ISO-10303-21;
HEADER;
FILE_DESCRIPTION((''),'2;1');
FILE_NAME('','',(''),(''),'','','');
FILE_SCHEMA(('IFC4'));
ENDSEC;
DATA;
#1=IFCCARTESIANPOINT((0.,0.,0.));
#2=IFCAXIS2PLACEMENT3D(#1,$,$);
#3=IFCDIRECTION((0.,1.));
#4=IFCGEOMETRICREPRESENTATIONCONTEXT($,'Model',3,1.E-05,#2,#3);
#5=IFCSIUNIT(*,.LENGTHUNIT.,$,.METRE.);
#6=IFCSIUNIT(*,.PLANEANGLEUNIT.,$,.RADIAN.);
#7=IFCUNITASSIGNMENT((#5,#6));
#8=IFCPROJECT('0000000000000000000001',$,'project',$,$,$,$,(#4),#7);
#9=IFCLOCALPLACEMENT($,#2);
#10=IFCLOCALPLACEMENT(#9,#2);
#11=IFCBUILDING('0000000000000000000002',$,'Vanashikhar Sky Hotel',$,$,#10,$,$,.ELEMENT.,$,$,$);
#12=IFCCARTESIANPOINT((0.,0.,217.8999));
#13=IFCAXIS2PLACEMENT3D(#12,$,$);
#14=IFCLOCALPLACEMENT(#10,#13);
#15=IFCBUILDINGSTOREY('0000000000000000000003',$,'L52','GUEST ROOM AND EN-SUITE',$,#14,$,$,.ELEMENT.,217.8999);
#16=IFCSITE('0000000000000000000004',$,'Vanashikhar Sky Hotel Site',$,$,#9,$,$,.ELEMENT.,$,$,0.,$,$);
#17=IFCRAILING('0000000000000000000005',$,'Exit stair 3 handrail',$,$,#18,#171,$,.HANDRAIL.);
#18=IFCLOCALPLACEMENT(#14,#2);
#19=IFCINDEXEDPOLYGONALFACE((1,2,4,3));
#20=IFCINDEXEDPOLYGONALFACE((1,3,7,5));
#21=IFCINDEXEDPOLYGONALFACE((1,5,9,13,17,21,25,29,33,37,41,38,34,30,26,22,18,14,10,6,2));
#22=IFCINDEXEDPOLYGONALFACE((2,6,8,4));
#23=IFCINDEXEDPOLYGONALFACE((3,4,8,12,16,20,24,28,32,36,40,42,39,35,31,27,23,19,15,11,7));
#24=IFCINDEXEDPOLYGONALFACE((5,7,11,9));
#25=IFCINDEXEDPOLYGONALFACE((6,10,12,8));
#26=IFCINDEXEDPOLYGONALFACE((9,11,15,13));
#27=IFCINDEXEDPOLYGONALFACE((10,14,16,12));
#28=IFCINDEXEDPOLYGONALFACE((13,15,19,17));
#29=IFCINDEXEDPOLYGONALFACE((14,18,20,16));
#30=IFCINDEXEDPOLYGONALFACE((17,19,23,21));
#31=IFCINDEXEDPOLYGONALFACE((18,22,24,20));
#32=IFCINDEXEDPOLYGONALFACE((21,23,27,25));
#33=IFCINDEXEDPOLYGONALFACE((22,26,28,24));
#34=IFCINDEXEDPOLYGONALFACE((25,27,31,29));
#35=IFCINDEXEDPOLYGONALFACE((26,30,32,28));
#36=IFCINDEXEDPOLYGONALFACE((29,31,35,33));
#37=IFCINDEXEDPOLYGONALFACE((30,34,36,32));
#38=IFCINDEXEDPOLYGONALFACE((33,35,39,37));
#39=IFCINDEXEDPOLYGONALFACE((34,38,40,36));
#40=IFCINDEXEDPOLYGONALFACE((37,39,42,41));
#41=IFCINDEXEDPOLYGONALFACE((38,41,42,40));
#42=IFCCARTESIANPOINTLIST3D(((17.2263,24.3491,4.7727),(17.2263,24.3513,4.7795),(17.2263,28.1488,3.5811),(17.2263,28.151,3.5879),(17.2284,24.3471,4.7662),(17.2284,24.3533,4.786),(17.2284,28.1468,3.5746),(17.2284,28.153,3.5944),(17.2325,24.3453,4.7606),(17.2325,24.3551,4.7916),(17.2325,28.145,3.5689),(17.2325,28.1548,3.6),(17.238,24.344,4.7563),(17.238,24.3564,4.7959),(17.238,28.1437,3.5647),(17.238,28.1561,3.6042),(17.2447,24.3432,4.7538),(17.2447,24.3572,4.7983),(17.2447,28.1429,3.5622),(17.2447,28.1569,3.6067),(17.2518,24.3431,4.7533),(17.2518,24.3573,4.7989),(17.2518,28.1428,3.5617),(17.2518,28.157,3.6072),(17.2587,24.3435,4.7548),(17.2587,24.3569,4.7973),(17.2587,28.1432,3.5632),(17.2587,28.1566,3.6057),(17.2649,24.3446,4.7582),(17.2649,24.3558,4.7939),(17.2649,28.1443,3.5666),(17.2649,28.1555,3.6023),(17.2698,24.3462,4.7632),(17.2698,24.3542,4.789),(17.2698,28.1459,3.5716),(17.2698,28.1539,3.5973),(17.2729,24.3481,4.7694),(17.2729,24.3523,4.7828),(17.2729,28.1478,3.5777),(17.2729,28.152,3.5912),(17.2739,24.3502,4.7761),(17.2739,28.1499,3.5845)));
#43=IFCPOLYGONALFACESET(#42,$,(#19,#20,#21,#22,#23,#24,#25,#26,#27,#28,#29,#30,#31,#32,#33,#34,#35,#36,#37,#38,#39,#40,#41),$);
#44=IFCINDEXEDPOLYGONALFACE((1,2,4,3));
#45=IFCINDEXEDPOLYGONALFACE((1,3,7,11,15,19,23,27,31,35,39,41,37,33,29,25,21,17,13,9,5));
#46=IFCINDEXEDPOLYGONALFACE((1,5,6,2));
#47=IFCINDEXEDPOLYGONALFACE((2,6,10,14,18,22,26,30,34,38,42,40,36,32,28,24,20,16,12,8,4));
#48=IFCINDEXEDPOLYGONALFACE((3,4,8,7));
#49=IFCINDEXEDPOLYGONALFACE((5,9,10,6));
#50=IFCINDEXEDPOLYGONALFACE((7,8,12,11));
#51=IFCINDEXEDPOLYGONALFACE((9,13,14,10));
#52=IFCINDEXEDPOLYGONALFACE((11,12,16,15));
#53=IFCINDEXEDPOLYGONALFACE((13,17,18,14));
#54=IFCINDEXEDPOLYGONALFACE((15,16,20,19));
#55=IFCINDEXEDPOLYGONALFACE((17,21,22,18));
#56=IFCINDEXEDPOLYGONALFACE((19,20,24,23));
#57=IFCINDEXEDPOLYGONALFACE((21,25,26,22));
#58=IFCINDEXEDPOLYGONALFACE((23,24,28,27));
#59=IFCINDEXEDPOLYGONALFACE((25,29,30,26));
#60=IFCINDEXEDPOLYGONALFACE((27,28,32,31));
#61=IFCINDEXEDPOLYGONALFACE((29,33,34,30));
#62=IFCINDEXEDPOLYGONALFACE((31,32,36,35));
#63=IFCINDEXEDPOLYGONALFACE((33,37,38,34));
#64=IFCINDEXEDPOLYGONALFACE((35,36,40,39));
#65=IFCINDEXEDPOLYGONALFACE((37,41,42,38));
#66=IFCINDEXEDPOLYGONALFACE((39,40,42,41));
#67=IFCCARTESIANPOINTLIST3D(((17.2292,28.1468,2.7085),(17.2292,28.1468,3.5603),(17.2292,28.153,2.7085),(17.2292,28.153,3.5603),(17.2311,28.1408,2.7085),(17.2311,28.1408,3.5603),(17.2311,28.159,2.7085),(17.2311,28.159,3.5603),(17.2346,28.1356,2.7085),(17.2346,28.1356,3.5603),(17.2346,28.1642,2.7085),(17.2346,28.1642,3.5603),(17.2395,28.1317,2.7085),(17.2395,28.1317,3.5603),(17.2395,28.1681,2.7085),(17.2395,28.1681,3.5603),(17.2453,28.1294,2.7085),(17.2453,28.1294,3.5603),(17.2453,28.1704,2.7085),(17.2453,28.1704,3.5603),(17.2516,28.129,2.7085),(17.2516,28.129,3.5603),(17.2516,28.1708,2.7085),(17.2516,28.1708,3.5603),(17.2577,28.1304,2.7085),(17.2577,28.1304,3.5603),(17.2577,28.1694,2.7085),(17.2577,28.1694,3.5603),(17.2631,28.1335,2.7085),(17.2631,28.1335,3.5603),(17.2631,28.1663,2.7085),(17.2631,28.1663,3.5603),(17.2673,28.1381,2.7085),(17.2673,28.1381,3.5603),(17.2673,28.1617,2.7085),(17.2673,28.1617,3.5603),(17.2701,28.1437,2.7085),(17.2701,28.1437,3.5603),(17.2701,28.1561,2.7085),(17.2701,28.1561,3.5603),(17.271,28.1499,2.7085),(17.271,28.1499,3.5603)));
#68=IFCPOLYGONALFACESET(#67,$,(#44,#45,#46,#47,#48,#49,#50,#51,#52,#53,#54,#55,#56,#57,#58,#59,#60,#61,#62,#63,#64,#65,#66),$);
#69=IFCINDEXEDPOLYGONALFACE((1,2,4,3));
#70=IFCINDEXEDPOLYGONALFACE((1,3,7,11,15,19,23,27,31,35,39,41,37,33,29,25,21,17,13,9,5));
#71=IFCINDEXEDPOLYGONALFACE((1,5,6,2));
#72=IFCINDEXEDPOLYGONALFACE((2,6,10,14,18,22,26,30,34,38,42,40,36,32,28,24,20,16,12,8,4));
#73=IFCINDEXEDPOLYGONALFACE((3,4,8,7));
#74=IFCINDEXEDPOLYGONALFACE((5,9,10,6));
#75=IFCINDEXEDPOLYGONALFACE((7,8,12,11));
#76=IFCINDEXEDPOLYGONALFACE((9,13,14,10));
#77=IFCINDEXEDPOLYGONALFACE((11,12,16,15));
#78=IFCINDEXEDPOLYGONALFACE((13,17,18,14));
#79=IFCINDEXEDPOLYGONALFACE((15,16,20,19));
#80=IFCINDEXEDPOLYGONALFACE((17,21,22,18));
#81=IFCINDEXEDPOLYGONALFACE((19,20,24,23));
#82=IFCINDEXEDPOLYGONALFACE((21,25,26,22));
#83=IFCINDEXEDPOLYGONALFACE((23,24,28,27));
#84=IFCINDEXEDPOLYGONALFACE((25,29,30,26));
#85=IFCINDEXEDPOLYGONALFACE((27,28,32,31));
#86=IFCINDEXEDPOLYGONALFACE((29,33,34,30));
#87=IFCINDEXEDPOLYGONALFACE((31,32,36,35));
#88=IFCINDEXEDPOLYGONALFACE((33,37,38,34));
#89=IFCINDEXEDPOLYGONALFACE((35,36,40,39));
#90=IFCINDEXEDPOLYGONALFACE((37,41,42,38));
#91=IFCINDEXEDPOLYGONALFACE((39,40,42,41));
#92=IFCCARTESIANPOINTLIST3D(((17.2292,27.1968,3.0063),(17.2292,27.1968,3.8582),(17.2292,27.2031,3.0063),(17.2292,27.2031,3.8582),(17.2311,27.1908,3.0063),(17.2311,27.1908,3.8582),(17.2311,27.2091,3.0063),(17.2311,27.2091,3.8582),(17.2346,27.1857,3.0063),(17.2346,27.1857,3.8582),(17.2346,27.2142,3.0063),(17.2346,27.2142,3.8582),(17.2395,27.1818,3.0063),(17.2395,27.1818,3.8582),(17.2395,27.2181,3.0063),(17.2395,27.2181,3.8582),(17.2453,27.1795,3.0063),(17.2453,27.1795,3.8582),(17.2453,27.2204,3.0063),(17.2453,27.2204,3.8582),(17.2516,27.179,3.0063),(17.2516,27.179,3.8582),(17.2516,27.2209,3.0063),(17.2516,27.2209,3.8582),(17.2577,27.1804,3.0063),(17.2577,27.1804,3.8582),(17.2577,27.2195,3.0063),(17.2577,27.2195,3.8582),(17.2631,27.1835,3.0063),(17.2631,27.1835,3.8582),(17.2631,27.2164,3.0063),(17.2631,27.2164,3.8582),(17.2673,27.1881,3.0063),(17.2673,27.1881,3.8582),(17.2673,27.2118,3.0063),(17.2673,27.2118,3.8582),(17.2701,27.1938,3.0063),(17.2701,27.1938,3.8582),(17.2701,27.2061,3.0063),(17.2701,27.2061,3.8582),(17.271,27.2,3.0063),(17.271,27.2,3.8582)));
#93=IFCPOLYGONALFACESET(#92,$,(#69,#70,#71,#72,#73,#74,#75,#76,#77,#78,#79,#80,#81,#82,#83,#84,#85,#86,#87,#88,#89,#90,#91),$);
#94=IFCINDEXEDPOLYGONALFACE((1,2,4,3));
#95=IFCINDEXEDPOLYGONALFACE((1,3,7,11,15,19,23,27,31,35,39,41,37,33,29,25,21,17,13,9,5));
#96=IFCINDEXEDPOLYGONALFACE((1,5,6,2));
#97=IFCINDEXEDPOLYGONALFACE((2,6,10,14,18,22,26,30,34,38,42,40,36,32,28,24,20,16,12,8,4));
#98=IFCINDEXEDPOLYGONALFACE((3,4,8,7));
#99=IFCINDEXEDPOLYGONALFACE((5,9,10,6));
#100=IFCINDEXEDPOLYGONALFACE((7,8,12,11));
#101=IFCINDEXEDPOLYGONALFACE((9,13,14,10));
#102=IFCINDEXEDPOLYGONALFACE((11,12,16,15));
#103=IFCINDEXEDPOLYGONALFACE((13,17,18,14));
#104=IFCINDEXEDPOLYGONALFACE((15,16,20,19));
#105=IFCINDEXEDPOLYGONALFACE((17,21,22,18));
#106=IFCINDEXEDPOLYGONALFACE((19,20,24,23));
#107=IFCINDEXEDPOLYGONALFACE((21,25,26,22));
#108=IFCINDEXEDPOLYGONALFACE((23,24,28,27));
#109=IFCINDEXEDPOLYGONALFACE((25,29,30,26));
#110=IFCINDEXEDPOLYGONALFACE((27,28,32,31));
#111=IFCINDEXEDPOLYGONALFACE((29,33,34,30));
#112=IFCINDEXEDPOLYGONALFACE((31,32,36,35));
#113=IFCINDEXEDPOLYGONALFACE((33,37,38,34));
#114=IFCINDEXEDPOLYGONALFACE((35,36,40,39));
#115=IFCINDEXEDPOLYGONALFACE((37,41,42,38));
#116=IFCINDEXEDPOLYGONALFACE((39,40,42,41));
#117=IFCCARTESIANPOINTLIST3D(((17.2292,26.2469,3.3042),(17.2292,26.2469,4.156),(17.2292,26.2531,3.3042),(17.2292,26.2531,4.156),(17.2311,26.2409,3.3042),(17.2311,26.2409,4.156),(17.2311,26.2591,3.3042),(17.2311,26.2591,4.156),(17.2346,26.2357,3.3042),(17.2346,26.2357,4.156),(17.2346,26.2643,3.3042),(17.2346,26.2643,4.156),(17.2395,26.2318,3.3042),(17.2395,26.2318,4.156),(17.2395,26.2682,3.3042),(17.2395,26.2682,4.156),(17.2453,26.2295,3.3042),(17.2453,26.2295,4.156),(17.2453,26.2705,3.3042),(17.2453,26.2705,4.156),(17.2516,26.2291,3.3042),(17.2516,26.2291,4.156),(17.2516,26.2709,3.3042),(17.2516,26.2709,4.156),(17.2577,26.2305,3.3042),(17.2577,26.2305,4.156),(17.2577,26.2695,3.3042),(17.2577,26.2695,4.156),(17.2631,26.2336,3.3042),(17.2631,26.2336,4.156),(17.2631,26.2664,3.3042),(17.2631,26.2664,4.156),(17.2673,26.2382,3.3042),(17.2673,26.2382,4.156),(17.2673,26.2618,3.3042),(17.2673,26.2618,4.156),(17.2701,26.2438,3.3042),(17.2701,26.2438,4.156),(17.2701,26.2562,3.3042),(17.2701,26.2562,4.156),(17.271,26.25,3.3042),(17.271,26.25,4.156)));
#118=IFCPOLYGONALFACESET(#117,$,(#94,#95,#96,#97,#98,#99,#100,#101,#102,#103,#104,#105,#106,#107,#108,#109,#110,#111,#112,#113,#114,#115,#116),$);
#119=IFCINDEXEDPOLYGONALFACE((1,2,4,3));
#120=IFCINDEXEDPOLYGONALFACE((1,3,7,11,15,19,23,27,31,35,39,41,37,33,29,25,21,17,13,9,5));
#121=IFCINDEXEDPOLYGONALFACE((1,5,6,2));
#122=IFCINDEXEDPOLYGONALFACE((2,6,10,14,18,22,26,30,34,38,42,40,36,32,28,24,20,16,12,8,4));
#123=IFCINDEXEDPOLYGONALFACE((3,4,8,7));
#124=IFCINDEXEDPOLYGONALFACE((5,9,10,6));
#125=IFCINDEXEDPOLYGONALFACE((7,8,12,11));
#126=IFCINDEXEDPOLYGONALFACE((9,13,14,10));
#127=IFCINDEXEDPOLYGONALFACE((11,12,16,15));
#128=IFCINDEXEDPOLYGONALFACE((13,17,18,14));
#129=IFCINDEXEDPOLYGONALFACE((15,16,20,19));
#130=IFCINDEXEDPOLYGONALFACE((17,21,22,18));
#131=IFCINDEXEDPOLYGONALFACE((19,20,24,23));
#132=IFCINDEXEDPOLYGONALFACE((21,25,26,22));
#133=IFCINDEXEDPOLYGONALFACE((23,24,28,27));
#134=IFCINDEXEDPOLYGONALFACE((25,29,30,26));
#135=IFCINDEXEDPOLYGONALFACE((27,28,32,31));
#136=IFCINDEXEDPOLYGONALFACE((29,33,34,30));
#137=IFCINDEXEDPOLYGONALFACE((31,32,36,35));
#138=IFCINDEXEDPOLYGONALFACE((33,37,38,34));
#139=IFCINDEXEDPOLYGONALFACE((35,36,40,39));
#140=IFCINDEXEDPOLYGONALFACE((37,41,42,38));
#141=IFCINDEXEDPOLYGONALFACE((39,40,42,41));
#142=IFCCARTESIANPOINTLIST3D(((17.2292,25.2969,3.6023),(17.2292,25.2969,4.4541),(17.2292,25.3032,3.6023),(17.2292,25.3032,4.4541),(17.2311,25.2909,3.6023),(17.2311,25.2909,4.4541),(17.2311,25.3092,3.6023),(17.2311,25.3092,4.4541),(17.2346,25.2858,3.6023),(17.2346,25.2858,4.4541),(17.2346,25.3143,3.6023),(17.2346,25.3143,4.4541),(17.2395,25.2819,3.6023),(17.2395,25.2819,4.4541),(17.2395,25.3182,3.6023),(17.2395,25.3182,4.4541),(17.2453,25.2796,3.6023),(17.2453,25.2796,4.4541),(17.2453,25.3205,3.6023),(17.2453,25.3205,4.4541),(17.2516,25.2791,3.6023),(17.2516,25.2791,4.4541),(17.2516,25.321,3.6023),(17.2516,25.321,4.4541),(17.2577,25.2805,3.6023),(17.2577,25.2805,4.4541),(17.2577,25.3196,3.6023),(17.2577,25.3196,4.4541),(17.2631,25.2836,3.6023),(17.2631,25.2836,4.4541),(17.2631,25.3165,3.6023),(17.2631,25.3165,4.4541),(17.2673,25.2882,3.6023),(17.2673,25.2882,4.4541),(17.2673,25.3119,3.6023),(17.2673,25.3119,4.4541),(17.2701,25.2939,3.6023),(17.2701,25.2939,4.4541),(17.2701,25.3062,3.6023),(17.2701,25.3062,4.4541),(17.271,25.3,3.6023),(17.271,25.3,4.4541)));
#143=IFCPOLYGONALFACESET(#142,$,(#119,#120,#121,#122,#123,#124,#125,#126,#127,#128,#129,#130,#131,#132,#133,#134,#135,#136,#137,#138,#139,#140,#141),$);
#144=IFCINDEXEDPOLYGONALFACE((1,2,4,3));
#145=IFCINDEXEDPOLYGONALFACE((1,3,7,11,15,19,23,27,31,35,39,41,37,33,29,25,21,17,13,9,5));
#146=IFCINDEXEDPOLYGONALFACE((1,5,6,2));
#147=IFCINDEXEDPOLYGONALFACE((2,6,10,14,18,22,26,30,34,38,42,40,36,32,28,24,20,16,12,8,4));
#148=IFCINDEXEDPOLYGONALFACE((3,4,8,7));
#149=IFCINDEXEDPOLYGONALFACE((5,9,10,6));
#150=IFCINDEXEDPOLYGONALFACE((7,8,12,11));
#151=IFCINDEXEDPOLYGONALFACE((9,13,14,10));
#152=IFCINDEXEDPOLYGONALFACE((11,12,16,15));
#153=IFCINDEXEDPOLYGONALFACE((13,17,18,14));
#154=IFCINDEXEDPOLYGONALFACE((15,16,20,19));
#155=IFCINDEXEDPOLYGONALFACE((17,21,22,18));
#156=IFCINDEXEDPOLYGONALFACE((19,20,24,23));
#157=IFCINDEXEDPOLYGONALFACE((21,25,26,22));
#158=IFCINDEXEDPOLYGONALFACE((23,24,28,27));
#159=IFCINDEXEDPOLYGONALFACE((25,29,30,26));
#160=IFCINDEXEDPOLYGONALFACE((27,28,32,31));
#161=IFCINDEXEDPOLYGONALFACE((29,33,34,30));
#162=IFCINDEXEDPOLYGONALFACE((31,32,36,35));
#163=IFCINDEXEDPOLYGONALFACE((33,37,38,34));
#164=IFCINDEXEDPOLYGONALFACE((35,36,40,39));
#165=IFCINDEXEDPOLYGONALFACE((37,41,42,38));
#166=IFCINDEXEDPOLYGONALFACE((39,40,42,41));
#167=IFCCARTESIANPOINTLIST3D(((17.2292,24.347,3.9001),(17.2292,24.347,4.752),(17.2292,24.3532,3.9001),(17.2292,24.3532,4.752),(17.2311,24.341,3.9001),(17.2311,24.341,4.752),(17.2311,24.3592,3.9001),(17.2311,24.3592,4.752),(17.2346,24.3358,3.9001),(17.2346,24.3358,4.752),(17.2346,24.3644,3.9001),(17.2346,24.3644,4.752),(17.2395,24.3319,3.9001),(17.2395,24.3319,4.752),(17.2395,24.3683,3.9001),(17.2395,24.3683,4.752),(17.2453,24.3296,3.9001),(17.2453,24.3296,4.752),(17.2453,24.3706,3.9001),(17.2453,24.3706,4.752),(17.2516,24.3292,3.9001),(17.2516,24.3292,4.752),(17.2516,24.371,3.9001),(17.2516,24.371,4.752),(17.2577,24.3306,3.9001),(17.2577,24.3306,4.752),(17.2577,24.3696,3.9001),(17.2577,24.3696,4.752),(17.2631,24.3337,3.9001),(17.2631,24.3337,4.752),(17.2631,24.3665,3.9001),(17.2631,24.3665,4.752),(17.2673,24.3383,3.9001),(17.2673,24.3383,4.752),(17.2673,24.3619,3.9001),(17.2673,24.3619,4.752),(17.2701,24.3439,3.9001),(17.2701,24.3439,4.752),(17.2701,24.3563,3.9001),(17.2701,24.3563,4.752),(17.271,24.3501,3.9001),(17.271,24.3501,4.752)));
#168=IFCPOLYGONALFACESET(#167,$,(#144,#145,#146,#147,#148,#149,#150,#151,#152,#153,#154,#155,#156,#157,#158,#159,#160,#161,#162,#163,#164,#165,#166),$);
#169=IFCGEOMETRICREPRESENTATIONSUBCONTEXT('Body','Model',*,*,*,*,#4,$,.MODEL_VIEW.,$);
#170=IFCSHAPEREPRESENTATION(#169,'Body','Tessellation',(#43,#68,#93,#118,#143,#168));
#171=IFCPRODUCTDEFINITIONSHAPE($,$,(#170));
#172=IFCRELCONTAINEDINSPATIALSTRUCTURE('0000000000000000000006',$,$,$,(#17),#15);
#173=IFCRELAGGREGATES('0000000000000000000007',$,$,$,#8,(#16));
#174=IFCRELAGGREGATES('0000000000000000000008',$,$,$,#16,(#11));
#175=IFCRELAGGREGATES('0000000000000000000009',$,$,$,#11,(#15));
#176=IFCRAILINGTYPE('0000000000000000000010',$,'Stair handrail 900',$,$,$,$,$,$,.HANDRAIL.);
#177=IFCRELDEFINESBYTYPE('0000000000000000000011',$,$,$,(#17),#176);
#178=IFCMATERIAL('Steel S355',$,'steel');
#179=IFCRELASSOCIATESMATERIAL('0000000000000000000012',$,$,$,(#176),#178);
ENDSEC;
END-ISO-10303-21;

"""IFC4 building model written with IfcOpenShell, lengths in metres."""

from ifc_helpers import new_model, si_unit, direction, frame, origin, origin_2d, place, context, subcontext, project, spatial, circle, extrude, source, transform, mapped, material, type_object, element, save


model = new_model("IFC4")

# Units and contexts
model_context = context("Model", 3, precision=1e-05, world=origin(), true_north=direction((0.0, 1.0)))
body_context = subcontext(model_context, "Body", "Model", "MODEL_VIEW")
ifc_project = project(units=[si_unit("LENGTHUNIT", "METRE"), si_unit("PLANEANGLEUNIT", "RADIAN")], contexts=[model_context])

# Site, building, storey
site_placement = place(None, origin())
site = spatial("IfcSite", under=ifc_project, at=site_placement, Name="Vanashikhar Sky Hotel Site", CompositionType="ELEMENT", RefElevation=0.0)
building_placement = place(site_placement, origin())
building = spatial("IfcBuilding", under=site, at=building_placement, Name="Vanashikhar Sky Hotel", CompositionType="ELEMENT")
storey_placement = place(building_placement, frame((0.0, 0.0, 217.8999)))
storey = spatial("IfcBuildingStorey", under=building, at=storey_placement, Name="L52", Description="GUEST ROOM AND EN-SUITE", CompositionType="ELEMENT", Elevation=217.8999)

# Railing
ifc_material_1 = material(Name="Steel S355", Category="steel")
railing_type_1 = type_object("IfcRailingType", Name="Stair handrail 900", PredefinedType="HANDRAIL", material=ifc_material_1)
shared_shape_1 = source(origin(), body_context, "Body", "SweptSolid", [
    extrude(circle(Radius=0.0239, at=origin_2d()), frame((0.0, 0.0, 0.876), z_axis=(0.0, -0.954178, 0.299238), x_axis=(1.0, 0.0, 0.0)), (0.0, 0.0, 1.0), 3.9822),
    extrude(circle(Radius=0.021, at=origin_2d()), origin(), (0.0, 0.0, 1.0), 0.8518),
    extrude(circle(Radius=0.021, at=origin_2d()), frame((0.0, -0.95, 0.2979)), (0.0, 0.0, 1.0), 0.8518),
    extrude(circle(Radius=0.021, at=origin_2d()), frame((0.0, -1.8999, 0.5957)), (0.0, 0.0, 1.0), 0.8518),
    extrude(circle(Radius=0.021, at=origin_2d()), frame((0.0, -2.8499, 0.8938)), (0.0, 0.0, 1.0), 0.8518),
    extrude(circle(Radius=0.021, at=origin_2d()), frame((0.0, -3.7998, 1.1917)), (0.0, 0.0, 1.0), 0.8518),
])
for number, where, name in (
    (1, (17.25, 28.1499, 2.7085), "Exit stair 3 handrail"),
):
    element("IfcRailing", number, at=place(storey_placement, frame(where)), inside=storey, type_object=railing_type_1, Name=name, PredefinedType="HANDRAIL", context=body_context, shape_type="MappedRepresentation", body=[
        mapped(shared_shape_1, transform((0.0, 0.0, 0.0), scale=1.0)),
    ])

save(model, "model.ifc")
